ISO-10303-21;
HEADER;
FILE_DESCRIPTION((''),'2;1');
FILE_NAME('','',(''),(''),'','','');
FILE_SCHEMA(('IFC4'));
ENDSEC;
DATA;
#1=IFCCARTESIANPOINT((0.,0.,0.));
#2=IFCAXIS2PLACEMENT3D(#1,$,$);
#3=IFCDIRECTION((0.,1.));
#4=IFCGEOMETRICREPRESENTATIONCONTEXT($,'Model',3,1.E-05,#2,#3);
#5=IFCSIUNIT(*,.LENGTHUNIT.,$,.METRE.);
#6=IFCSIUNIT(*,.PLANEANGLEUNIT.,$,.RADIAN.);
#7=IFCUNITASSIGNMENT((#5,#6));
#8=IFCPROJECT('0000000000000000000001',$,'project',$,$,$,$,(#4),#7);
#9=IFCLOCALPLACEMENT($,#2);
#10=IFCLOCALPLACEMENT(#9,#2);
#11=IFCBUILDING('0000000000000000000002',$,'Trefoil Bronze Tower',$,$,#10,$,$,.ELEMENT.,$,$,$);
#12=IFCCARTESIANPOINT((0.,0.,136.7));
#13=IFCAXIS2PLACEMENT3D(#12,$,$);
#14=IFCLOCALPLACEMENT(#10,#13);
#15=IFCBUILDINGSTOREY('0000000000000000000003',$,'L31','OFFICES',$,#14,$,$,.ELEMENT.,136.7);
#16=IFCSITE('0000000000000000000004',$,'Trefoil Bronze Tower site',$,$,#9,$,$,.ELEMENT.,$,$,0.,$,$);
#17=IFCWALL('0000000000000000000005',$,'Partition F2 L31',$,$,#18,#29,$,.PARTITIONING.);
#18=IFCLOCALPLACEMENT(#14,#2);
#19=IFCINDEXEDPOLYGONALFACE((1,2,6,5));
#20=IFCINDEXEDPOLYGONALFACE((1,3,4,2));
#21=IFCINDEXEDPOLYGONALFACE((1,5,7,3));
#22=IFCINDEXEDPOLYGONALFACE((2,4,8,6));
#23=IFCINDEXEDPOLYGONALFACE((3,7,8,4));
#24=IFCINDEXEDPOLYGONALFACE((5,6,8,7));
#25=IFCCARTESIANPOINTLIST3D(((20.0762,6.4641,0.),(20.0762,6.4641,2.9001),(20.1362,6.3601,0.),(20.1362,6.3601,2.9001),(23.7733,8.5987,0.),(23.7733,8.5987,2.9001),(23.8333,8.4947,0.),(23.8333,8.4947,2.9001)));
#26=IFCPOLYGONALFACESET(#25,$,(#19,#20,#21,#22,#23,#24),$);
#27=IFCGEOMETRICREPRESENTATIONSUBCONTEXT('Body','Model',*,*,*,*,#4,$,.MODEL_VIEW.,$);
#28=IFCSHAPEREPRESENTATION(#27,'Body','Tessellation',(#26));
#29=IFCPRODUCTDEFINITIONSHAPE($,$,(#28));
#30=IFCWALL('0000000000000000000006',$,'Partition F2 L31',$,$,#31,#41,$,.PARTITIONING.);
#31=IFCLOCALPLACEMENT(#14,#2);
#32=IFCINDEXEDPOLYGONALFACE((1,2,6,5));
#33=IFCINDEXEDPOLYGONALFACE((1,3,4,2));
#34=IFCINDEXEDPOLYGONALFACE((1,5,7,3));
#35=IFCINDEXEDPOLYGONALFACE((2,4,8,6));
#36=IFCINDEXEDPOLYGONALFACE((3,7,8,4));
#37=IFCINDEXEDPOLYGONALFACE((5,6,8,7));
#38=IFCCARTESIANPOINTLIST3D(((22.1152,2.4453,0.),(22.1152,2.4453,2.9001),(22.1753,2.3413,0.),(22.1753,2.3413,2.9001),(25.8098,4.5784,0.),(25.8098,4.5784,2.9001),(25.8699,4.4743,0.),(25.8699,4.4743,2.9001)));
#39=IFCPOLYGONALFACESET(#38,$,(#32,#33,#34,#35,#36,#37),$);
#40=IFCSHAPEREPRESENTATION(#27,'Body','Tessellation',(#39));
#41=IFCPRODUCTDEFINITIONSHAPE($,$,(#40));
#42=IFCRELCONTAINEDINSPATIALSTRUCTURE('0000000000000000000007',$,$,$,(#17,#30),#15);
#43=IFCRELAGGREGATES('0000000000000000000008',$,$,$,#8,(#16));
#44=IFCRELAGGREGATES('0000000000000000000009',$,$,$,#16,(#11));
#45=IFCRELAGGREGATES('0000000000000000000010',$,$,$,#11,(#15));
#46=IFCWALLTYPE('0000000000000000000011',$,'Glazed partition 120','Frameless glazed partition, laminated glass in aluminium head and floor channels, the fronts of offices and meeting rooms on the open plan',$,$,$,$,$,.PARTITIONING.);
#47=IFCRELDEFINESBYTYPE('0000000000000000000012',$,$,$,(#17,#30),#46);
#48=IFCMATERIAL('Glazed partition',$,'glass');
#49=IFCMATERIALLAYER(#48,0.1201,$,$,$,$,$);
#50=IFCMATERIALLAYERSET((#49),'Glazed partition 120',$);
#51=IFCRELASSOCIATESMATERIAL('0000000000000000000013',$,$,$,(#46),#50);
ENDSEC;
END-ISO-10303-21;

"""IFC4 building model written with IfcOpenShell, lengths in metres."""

from ifc_helpers import new_model, si_unit, direction, frame, frame_2d, origin, place, context, subcontext, project, spatial, rectangle, extrude, material, layer, layer_set, type_object, element, save


model = new_model("IFC4")

# Units and contexts
model_context = context("Model", 3, precision=1e-05, world=origin(), true_north=direction((0.0, 1.0)))
body_context = subcontext(model_context, "Body", "Model", "MODEL_VIEW")
ifc_project = project(units=[si_unit("LENGTHUNIT", "METRE"), si_unit("PLANEANGLEUNIT", "RADIAN")], contexts=[model_context])

# Site, building, storey
site_placement = place(None, origin())
site = spatial("IfcSite", under=ifc_project, at=site_placement, Name="Trefoil Bronze Tower site", CompositionType="ELEMENT", RefElevation=0.0)
building_placement = place(site_placement, origin())
building = spatial("IfcBuilding", under=site, at=building_placement, Name="Trefoil Bronze Tower", CompositionType="ELEMENT")
storey_placement = place(building_placement, frame((0.0, 0.0, 136.7)))
storey = spatial("IfcBuildingStorey", under=building, at=storey_placement, Name="L31", Description="OFFICES", CompositionType="ELEMENT", Elevation=136.7)

# Shared definitions
ifc_material_1 = material(Name="Glazed partition", Category="glass")
ifc_layer_1 = layer(ifc_material_1, 0.1201)
ifc_layer_set_1 = layer_set([ifc_layer_1], Name="Glazed partition 120")
wall_type = type_object("IfcWallType", Name="Glazed partition 120", Description="Frameless glazed partition, laminated glass in aluminium head and floor channels, the fronts of offices and meeting rooms on the open plan", PredefinedType="PARTITIONING", material=ifc_layer_set_1)

# Walls
wall_1_placement = place(storey_placement, frame((20.1062, 6.4121, 0.0), z_axis=(0.0, 0.0, 1.0), x_axis=(0.866021, 0.500008, 0.0)))
element("IfcWall", 1, at=wall_1_placement, inside=storey, type_object=wall_type, Name="Partition F2 L31", PredefinedType="PARTITIONING", context=body_context, shape_type="SweptSolid", body=[
    extrude(rectangle(XDim=4.269, YDim=0.1201, at=frame_2d((2.1345, 0.0))), origin(), (0.0, 0.0, 1.0), 2.9001),
])
wall_2_placement = place(storey_placement, frame((22.1453, 2.3933, 0.0), z_axis=(0.0, 0.0, 1.0), x_axis=(0.866026, 0.499998, 0.0)))
element("IfcWall", 2, at=wall_2_placement, inside=storey, type_object=wall_type, Name="Partition F2 L31", PredefinedType="PARTITIONING", context=body_context, shape_type="SweptSolid", body=[
    extrude(rectangle(XDim=4.2661, YDim=0.1201, at=frame_2d((2.1331, 0.0))), origin(), (0.0, 0.0, 1.0), 2.9001),
])

save(model, "model.ifc")
